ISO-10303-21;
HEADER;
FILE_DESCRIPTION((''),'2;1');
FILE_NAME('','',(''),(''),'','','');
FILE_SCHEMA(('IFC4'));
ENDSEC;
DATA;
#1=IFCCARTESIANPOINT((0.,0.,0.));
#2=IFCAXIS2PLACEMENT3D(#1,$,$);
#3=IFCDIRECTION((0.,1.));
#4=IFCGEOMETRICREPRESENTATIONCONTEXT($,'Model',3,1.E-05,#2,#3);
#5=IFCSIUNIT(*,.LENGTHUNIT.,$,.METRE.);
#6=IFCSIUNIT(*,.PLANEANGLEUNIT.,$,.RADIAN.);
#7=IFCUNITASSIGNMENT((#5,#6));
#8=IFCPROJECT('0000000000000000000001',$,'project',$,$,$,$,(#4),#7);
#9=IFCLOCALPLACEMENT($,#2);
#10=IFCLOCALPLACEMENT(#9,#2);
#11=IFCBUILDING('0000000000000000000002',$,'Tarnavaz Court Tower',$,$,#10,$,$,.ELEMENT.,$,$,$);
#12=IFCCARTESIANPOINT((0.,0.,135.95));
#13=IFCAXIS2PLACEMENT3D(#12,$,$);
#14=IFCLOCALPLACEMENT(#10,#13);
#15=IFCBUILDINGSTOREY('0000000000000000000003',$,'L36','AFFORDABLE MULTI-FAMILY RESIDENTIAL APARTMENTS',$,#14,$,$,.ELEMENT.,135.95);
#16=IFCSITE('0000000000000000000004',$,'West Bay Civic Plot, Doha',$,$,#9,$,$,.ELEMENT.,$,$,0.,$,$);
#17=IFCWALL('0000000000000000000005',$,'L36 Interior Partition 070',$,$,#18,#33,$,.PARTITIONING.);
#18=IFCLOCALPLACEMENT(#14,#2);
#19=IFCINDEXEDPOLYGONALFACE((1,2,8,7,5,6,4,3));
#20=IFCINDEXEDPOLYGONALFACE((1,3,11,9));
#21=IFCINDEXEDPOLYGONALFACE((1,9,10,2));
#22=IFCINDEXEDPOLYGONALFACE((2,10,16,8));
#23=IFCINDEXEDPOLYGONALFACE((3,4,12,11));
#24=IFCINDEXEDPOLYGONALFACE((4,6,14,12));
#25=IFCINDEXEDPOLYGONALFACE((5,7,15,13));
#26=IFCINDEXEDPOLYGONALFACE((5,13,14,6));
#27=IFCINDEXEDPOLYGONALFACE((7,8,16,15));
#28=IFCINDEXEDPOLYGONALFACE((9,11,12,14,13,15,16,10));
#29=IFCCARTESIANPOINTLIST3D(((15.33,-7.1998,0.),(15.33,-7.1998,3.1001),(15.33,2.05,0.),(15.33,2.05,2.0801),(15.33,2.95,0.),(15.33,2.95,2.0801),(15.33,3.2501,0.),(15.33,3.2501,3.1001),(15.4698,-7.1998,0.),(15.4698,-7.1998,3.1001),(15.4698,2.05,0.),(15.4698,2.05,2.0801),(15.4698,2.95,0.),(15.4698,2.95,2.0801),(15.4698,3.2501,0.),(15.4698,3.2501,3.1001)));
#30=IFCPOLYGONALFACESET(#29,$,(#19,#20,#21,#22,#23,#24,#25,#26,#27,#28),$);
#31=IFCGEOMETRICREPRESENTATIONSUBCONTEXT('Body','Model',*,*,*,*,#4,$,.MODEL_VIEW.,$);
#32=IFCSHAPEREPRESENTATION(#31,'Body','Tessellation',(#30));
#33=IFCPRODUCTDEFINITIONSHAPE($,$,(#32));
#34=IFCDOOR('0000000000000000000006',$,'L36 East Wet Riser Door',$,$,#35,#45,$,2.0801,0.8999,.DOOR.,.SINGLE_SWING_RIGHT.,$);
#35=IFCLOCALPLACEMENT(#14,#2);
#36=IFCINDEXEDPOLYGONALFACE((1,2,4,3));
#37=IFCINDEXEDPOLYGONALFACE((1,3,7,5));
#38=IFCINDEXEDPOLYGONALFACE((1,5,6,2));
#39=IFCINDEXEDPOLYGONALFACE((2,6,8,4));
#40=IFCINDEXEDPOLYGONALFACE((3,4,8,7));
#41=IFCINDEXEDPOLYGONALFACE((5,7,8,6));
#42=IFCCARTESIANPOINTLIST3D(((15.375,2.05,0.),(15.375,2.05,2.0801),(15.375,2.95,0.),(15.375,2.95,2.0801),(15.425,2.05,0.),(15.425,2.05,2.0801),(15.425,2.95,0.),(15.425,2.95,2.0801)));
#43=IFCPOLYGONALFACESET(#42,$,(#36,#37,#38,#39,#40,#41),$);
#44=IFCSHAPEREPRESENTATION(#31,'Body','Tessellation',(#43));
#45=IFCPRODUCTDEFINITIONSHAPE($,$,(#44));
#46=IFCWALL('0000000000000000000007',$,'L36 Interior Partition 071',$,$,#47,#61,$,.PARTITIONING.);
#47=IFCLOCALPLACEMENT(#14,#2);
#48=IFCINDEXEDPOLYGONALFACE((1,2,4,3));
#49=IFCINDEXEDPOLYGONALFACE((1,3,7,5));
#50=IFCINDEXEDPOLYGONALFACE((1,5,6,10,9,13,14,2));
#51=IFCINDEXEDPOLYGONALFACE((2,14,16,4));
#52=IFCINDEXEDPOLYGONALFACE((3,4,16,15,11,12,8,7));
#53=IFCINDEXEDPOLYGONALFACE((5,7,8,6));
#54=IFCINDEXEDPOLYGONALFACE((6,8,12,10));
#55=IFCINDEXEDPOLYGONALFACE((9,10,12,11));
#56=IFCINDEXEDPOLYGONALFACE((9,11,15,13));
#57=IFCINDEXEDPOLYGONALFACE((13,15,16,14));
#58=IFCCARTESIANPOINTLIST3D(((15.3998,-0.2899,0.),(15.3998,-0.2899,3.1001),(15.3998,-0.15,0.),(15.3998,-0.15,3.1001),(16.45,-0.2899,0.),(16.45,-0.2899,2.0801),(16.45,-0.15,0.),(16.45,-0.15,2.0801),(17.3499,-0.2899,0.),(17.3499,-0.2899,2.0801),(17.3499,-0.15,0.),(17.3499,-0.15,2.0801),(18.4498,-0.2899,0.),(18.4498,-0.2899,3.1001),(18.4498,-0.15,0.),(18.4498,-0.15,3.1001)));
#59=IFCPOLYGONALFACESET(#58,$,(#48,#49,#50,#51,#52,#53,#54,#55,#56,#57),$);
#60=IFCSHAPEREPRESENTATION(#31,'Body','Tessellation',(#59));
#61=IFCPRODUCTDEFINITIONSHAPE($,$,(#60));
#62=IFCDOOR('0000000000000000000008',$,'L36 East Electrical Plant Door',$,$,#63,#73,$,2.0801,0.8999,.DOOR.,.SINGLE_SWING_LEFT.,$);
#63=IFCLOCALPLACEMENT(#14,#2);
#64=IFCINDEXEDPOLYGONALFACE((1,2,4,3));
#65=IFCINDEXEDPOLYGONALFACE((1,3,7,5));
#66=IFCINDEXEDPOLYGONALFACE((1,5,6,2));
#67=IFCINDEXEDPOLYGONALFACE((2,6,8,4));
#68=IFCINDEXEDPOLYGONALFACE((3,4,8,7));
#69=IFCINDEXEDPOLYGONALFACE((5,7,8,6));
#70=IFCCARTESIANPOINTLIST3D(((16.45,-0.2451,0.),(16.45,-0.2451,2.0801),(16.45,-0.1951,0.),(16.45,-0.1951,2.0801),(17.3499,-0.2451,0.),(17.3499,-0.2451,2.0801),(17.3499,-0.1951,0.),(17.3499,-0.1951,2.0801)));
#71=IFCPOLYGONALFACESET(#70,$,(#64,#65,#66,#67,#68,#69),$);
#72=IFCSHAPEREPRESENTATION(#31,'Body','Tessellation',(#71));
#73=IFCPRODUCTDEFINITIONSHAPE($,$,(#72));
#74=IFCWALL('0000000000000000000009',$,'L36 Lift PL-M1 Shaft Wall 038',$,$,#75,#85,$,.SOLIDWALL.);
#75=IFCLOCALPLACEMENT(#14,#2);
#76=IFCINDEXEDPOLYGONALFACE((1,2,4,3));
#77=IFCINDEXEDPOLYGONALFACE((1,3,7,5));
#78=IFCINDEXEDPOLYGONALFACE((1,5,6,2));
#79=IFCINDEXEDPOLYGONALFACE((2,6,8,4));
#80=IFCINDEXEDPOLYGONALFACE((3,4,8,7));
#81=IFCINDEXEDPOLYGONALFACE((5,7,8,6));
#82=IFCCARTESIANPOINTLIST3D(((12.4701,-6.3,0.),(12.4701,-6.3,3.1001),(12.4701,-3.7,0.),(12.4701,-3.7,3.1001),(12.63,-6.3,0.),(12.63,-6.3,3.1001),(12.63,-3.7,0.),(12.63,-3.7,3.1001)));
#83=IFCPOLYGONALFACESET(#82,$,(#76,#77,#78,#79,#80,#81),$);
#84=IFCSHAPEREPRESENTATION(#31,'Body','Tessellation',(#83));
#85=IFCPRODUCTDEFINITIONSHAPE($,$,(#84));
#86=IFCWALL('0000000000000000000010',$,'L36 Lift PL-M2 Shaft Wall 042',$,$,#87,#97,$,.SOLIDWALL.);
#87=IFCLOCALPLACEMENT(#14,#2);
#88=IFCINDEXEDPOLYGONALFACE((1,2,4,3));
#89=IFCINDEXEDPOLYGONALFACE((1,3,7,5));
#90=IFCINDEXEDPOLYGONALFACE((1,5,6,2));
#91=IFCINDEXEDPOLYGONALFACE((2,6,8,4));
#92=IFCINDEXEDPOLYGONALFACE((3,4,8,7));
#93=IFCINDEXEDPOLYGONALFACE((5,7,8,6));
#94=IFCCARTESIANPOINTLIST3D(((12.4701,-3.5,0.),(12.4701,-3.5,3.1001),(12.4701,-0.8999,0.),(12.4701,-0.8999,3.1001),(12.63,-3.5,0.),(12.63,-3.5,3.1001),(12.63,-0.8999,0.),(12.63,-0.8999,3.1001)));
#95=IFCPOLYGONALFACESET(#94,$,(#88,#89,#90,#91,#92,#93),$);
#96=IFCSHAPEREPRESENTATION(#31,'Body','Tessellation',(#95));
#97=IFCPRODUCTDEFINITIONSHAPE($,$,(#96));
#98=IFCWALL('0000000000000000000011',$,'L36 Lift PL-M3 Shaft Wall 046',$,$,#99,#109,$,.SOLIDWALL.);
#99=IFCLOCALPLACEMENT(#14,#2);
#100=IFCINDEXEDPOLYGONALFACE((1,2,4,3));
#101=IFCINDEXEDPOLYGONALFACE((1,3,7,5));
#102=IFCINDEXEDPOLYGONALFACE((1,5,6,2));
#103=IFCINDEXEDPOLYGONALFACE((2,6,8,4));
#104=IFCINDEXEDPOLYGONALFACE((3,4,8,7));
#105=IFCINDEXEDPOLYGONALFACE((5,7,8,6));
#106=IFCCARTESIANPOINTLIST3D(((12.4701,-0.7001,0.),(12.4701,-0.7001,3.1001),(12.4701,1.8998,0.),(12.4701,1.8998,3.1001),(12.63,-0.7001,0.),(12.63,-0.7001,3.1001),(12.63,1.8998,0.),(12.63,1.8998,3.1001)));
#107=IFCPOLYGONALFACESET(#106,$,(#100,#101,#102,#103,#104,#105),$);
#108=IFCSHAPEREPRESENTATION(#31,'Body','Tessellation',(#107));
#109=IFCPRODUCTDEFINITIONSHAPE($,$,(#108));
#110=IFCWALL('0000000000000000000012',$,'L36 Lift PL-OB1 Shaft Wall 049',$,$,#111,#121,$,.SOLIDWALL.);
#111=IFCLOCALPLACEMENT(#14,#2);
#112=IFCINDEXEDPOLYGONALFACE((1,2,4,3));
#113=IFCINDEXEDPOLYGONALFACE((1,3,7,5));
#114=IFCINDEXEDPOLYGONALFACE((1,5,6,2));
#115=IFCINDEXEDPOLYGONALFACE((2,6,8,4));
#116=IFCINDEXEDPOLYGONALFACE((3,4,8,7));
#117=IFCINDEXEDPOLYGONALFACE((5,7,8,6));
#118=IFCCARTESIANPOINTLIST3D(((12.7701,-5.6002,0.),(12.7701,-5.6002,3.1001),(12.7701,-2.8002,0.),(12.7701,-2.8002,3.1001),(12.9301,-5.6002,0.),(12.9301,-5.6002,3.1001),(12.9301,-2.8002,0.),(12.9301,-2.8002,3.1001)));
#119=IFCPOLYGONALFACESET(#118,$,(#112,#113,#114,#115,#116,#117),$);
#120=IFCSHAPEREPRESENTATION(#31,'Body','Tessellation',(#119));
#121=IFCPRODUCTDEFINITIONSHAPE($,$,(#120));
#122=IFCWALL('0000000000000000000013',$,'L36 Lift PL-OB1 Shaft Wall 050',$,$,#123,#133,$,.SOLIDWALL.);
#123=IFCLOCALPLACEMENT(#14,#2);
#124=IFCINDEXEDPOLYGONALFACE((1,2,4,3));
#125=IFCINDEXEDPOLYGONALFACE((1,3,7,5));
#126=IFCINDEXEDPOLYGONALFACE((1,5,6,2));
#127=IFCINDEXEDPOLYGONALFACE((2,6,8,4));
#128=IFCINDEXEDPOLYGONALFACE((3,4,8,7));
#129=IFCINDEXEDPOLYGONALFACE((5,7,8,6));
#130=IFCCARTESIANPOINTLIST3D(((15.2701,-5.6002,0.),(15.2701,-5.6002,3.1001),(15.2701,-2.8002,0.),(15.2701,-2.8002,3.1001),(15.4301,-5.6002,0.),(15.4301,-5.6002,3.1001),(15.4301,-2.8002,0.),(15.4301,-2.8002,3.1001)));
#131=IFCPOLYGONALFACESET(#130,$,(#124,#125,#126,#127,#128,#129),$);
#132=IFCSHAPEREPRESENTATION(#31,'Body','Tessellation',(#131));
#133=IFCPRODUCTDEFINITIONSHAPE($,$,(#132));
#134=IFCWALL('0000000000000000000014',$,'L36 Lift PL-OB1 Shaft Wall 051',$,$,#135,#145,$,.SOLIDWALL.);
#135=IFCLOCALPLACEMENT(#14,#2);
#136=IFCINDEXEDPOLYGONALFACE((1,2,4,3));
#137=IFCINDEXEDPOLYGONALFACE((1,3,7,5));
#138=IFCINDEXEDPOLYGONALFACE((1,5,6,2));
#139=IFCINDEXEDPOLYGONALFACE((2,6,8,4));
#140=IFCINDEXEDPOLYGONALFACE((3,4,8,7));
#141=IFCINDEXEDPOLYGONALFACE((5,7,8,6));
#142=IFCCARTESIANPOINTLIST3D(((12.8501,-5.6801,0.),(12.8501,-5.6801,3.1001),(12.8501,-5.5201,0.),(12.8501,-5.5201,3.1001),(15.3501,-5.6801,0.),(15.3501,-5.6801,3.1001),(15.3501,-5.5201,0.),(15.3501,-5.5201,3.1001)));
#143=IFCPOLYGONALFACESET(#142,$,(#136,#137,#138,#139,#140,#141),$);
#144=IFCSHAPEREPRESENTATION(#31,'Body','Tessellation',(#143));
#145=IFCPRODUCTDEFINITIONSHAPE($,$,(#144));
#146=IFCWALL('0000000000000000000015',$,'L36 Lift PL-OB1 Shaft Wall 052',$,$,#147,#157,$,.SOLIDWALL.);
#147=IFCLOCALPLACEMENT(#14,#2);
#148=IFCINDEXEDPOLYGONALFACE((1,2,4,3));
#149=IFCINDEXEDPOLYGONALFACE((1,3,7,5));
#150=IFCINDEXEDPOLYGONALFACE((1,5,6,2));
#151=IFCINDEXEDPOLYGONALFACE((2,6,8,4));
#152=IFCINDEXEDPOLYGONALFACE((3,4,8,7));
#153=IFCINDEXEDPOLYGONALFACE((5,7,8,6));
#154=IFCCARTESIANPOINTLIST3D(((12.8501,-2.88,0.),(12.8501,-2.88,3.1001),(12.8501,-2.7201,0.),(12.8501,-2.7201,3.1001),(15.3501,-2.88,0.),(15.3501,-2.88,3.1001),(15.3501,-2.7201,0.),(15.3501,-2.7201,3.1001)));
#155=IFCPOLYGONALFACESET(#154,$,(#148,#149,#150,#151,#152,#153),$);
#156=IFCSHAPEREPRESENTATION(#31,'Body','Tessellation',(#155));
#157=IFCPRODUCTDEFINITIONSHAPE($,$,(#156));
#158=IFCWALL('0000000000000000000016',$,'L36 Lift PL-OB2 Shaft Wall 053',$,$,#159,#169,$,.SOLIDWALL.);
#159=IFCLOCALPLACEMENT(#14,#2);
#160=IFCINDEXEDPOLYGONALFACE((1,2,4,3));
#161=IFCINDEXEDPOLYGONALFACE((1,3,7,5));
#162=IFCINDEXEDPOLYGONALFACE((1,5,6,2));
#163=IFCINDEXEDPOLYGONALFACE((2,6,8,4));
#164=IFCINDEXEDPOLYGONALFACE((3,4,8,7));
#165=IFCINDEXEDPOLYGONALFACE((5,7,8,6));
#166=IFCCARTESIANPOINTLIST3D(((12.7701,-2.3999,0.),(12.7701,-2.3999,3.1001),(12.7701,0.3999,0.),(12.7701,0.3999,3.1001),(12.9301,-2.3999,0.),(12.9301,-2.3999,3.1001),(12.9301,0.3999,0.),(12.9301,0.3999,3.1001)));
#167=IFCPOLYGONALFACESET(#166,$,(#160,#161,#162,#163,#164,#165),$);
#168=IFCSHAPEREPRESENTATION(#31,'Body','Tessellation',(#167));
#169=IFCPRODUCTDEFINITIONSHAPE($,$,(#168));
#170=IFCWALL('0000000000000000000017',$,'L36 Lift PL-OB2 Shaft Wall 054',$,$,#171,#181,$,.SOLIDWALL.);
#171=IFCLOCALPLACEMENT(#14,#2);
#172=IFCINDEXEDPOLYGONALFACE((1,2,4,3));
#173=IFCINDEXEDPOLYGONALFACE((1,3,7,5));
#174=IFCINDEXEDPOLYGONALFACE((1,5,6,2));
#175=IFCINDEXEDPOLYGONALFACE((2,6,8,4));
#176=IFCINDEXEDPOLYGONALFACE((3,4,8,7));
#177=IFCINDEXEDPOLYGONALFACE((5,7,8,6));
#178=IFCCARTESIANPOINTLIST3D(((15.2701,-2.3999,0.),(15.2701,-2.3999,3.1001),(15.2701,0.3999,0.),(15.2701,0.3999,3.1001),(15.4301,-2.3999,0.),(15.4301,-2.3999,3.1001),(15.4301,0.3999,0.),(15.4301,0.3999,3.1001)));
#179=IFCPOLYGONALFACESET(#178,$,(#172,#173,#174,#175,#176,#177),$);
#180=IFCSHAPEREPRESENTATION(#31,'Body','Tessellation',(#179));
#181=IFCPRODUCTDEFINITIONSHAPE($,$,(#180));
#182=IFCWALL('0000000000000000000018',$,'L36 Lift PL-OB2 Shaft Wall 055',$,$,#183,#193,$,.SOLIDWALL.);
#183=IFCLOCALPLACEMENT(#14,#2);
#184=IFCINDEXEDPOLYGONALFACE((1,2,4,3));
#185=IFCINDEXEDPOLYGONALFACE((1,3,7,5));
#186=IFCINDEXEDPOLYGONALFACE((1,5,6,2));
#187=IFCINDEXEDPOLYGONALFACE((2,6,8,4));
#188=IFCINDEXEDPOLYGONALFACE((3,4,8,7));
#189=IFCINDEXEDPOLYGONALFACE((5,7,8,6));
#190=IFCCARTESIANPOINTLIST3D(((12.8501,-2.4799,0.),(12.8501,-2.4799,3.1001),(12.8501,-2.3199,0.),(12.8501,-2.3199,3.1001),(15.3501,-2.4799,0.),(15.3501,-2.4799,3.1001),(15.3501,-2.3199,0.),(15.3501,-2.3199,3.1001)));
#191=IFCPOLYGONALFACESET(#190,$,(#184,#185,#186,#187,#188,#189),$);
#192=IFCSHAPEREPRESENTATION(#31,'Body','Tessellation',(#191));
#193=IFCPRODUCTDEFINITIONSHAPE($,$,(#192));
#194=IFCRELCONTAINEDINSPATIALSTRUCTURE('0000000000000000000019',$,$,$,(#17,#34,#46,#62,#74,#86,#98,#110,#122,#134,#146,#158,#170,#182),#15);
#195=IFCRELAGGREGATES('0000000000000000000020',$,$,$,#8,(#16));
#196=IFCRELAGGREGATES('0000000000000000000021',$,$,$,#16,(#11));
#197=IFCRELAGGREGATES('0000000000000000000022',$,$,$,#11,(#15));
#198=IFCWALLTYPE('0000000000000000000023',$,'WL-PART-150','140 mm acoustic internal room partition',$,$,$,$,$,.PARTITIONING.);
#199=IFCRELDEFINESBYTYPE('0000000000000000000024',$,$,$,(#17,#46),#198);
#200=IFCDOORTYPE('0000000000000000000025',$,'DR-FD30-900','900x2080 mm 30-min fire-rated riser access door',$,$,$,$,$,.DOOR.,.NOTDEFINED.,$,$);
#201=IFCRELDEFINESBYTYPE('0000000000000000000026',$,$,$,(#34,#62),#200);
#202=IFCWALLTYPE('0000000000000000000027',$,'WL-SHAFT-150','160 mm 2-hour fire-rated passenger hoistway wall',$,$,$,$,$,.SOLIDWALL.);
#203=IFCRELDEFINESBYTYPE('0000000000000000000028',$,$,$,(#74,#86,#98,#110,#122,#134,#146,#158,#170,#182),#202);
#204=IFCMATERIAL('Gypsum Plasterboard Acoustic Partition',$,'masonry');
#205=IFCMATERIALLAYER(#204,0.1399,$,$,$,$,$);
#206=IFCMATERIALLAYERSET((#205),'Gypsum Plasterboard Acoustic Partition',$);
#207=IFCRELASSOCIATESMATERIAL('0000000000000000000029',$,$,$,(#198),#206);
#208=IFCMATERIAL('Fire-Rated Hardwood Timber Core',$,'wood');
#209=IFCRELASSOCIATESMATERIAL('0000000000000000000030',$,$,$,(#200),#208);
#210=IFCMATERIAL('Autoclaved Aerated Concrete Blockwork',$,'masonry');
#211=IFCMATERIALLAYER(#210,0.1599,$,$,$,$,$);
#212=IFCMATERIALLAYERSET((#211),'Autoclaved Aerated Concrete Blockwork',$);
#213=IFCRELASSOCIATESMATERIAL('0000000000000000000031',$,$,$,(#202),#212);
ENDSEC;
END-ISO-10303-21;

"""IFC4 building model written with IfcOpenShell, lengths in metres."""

from ifc_helpers import new_model, si_unit, direction, frame, frame_2d, origin, place, context, subcontext, project, spatial, rectangle, extrude, material, layer, layer_set, type_object, element, fill, save


model = new_model("IFC4")

# Units and contexts
model_context = context("Model", 3, precision=1e-05, world=origin(), true_north=direction((0.0, 1.0)))
body_context = subcontext(model_context, "Body", "Model", "MODEL_VIEW")
ifc_project = project(units=[si_unit("LENGTHUNIT", "METRE"), si_unit("PLANEANGLEUNIT", "RADIAN")], contexts=[model_context])

# Site, building, storey
site_placement = place(None, origin())
site = spatial("IfcSite", under=ifc_project, at=site_placement, Name="West Bay Civic Plot, Doha", CompositionType="ELEMENT", RefElevation=0.0)
building_placement = place(site_placement, origin())
building = spatial("IfcBuilding", under=site, at=building_placement, Name="Tarnavaz Court Tower", CompositionType="ELEMENT")
storey_placement = place(building_placement, frame((0.0, 0.0, 135.95)))
storey = spatial("IfcBuildingStorey", under=building, at=storey_placement, Name="L36", Description="AFFORDABLE MULTI-FAMILY RESIDENTIAL APARTMENTS", CompositionType="ELEMENT", Elevation=135.95)

# Walls, openings, doors
ifc_material_1 = material(Name="Gypsum Plasterboard Acoustic Partition", Category="masonry")
ifc_layer_1 = layer(ifc_material_1, 0.1399)
ifc_layer_set_1 = layer_set([ifc_layer_1], Name="Gypsum Plasterboard Acoustic Partition")
wall_type_1 = type_object("IfcWallType", Name="WL-PART-150", Description="140 mm acoustic internal room partition", PredefinedType="PARTITIONING", material=ifc_layer_set_1)
wall_1_placement = place(storey_placement, frame((15.3999, -7.2, 0.0), z_axis=(0.0, 0.0, 1.0), x_axis=(0.0, 1.0, 0.0)))
wall_1 = element("IfcWall", 1, at=wall_1_placement, inside=storey, type_object=wall_type_1, Name="L36 Interior Partition 070", PredefinedType="PARTITIONING", context=body_context, shape_type="SweptSolid", body=[
    extrude(rectangle(XDim=10.45, YDim=0.1399, at=frame_2d((5.2251, 0.0))), origin(), (0.0, 0.0, 1.0), 3.1001),
])
opening_1_placement = place(wall_1_placement, frame((9.25, 0.0, 0.0)))
opening_1 = element("IfcOpeningElement", 2, at=opening_1_placement, cuts=wall_1, PredefinedType="OPENING", context=body_context, shape_type="SweptSolid", body=[
    extrude(rectangle(XDim=0.8999, YDim=2.0801, at=frame_2d((0.45, 1.04))), frame((0.0, 0.0798, 0.0), z_axis=(0.0, -1.0, 0.0), x_axis=(1.0, 0.0, 0.0)), (0.0, 0.0, 1.0), 0.1599),
])
ifc_material_2 = material(Name="Fire-Rated Hardwood Timber Core", Category="wood")
door_type = type_object("IfcDoorType", Name="DR-FD30-900", Description="900x2080 mm 30-min fire-rated riser access door", OperationType="NOTDEFINED", PredefinedType="DOOR", material=ifc_material_2)
door_1_placement = place(opening_1_placement, origin())
door_1 = element("IfcDoor", 3, at=door_1_placement, inside=storey, type_object=door_type, Name="L36 East Wet Riser Door", OperationType="SINGLE_SWING_RIGHT", OverallHeight=2.0801, OverallWidth=0.8999, PredefinedType="DOOR", context=body_context, shape_type="SweptSolid", body=[
    extrude(rectangle(XDim=0.8999, YDim=2.0801, at=frame_2d((0.45, 1.04))), frame((0.0, 0.0249, 0.0), z_axis=(0.0, -1.0, 0.0), x_axis=(1.0, 0.0, 0.0)), (0.0, 0.0, 1.0), 0.05),
])
fill(opening_1, door_1)
wall_2_placement = place(storey_placement, frame((15.3999, -0.22, 0.0), z_axis=(0.0, 0.0, 1.0), x_axis=(1.0, 0.0, 0.0)))
wall_2 = element("IfcWall", 4, at=wall_2_placement, inside=storey, type_object=wall_type_1, Name="L36 Interior Partition 071", PredefinedType="PARTITIONING", context=body_context, shape_type="SweptSolid", body=[
    extrude(rectangle(XDim=3.05, YDim=0.1399, at=frame_2d((1.5249, 0.0))), origin(), (0.0, 0.0, 1.0), 3.1001),
])
opening_2_placement = place(wall_2_placement, frame((1.05, 0.0, 0.0)))
opening_2 = element("IfcOpeningElement", 5, at=opening_2_placement, cuts=wall_2, PredefinedType="OPENING", context=body_context, shape_type="SweptSolid", body=[
    extrude(rectangle(XDim=0.8999, YDim=2.0801, at=frame_2d((0.45, 1.04))), frame((0.0, 0.0798, 0.0), z_axis=(0.0, -1.0, 0.0), x_axis=(1.0, 0.0, 0.0)), (0.0, 0.0, 1.0), 0.1599),
])
door_2_placement = place(opening_2_placement, origin())
door_2 = element("IfcDoor", 6, at=door_2_placement, inside=storey, type_object=door_type, Name="L36 East Electrical Plant Door", OperationType="SINGLE_SWING_LEFT", OverallHeight=2.0801, OverallWidth=0.8999, PredefinedType="DOOR", context=body_context, shape_type="SweptSolid", body=[
    extrude(rectangle(XDim=0.8999, YDim=2.0801, at=frame_2d((0.45, 1.04))), frame((0.0, 0.0249, 0.0), z_axis=(0.0, -1.0, 0.0), x_axis=(1.0, 0.0, 0.0)), (0.0, 0.0, 1.0), 0.05),
])
fill(opening_2, door_2)

# Walls
ifc_material_3 = material(Name="Autoclaved Aerated Concrete Blockwork", Category="masonry")
ifc_layer_2 = layer(ifc_material_3, 0.1599)
ifc_layer_set_2 = layer_set([ifc_layer_2], Name="Autoclaved Aerated Concrete Blockwork")
wall_type_2 = type_object("IfcWallType", Name="WL-SHAFT-150", Description="160 mm 2-hour fire-rated passenger hoistway wall", PredefinedType="SOLIDWALL", material=ifc_layer_set_2)
for number, where, z_axis, x_axis, name in (
    (7, (12.55, -6.3, 0.0), (0.0, 0.0, 1.0), (0.0, 1.0, 0.0), "L36 Lift PL-M1 Shaft Wall 038"),
    (8, (12.55, -3.5, 0.0), (0.0, 0.0, 1.0), (0.0, 1.0, 0.0), "L36 Lift PL-M2 Shaft Wall 042"),
):
    element("IfcWall", number, at=place(storey_placement, frame(where, z_axis=z_axis, x_axis=x_axis)), inside=storey, type_object=wall_type_2, Name=name, PredefinedType="SOLIDWALL", context=body_context, shape_type="SweptSolid", body=[
        extrude(rectangle(XDim=2.6001, YDim=0.1599, at=frame_2d((1.3, 0.0))), origin(), (0.0, 0.0, 1.0), 3.1001),
    ])
wall_3_placement = place(storey_placement, frame((12.55, -0.7, 0.0), z_axis=(0.0, 0.0, 1.0), x_axis=(0.0, 1.0, 0.0)))
element("IfcWall", 9, at=wall_3_placement, inside=storey, type_object=wall_type_2, Name="L36 Lift PL-M3 Shaft Wall 046", PredefinedType="SOLIDWALL", context=body_context, shape_type="SweptSolid", body=[
    extrude(rectangle(XDim=2.5999, YDim=0.1599, at=frame_2d((1.2998, 0.0))), origin(), (0.0, 0.0, 1.0), 3.1001),
])
for number, where, z_axis, x_axis, name in (
    (10, (12.8501, -5.6001, 0.0), (0.0, 0.0, 1.0), (0.0, 1.0, 0.0), "L36 Lift PL-OB1 Shaft Wall 049"),
    (11, (15.3501, -5.6001, 0.0), (0.0, 0.0, 1.0), (0.0, 1.0, 0.0), "L36 Lift PL-OB1 Shaft Wall 050"),
):
    element("IfcWall", number, at=place(storey_placement, frame(where, z_axis=z_axis, x_axis=x_axis)), inside=storey, type_object=wall_type_2, Name=name, PredefinedType="SOLIDWALL", context=body_context, shape_type="SweptSolid", body=[
        extrude(rectangle(XDim=2.8, YDim=0.1599, at=frame_2d((1.3999, 0.0))), origin(), (0.0, 0.0, 1.0), 3.1001),
    ])
for number, where, z_axis, x_axis, name in (
    (12, (12.8501, -5.6001, 0.0), (0.0, 0.0, 1.0), (1.0, 0.0, 0.0), "L36 Lift PL-OB1 Shaft Wall 051"),
    (13, (12.8501, -2.8, 0.0), (0.0, 0.0, 1.0), (1.0, 0.0, 0.0), "L36 Lift PL-OB1 Shaft Wall 052"),
):
    element("IfcWall", number, at=place(storey_placement, frame(where, z_axis=z_axis, x_axis=x_axis)), inside=storey, type_object=wall_type_2, Name=name, PredefinedType="SOLIDWALL", context=body_context, shape_type="SweptSolid", body=[
        extrude(rectangle(XDim=2.5, YDim=0.1599, at=frame_2d((1.25, 0.0))), origin(), (0.0, 0.0, 1.0), 3.1001),
    ])
for number, where, z_axis, x_axis, name in (
    (14, (12.8501, -2.3999, 0.0), (0.0, 0.0, 1.0), (0.0, 1.0, 0.0), "L36 Lift PL-OB2 Shaft Wall 053"),
    (15, (15.3501, -2.3999, 0.0), (0.0, 0.0, 1.0), (0.0, 1.0, 0.0), "L36 Lift PL-OB2 Shaft Wall 054"),
):
    element("IfcWall", number, at=place(storey_placement, frame(where, z_axis=z_axis, x_axis=x_axis)), inside=storey, type_object=wall_type_2, Name=name, PredefinedType="SOLIDWALL", context=body_context, shape_type="SweptSolid", body=[
        extrude(rectangle(XDim=2.7998, YDim=0.1599, at=frame_2d((1.3999, 0.0))), origin(), (0.0, 0.0, 1.0), 3.1001),
    ])
wall_4_placement = place(storey_placement, frame((12.8501, -2.3999, 0.0), z_axis=(0.0, 0.0, 1.0), x_axis=(1.0, 0.0, 0.0)))
element("IfcWall", 16, at=wall_4_placement, inside=storey, type_object=wall_type_2, Name="L36 Lift PL-OB2 Shaft Wall 055", PredefinedType="SOLIDWALL", context=body_context, shape_type="SweptSolid", body=[
    extrude(rectangle(XDim=2.5, YDim=0.1599, at=frame_2d((1.25, 0.0))), origin(), (0.0, 0.0, 1.0), 3.1001),
])

save(model, "model.ifc")
